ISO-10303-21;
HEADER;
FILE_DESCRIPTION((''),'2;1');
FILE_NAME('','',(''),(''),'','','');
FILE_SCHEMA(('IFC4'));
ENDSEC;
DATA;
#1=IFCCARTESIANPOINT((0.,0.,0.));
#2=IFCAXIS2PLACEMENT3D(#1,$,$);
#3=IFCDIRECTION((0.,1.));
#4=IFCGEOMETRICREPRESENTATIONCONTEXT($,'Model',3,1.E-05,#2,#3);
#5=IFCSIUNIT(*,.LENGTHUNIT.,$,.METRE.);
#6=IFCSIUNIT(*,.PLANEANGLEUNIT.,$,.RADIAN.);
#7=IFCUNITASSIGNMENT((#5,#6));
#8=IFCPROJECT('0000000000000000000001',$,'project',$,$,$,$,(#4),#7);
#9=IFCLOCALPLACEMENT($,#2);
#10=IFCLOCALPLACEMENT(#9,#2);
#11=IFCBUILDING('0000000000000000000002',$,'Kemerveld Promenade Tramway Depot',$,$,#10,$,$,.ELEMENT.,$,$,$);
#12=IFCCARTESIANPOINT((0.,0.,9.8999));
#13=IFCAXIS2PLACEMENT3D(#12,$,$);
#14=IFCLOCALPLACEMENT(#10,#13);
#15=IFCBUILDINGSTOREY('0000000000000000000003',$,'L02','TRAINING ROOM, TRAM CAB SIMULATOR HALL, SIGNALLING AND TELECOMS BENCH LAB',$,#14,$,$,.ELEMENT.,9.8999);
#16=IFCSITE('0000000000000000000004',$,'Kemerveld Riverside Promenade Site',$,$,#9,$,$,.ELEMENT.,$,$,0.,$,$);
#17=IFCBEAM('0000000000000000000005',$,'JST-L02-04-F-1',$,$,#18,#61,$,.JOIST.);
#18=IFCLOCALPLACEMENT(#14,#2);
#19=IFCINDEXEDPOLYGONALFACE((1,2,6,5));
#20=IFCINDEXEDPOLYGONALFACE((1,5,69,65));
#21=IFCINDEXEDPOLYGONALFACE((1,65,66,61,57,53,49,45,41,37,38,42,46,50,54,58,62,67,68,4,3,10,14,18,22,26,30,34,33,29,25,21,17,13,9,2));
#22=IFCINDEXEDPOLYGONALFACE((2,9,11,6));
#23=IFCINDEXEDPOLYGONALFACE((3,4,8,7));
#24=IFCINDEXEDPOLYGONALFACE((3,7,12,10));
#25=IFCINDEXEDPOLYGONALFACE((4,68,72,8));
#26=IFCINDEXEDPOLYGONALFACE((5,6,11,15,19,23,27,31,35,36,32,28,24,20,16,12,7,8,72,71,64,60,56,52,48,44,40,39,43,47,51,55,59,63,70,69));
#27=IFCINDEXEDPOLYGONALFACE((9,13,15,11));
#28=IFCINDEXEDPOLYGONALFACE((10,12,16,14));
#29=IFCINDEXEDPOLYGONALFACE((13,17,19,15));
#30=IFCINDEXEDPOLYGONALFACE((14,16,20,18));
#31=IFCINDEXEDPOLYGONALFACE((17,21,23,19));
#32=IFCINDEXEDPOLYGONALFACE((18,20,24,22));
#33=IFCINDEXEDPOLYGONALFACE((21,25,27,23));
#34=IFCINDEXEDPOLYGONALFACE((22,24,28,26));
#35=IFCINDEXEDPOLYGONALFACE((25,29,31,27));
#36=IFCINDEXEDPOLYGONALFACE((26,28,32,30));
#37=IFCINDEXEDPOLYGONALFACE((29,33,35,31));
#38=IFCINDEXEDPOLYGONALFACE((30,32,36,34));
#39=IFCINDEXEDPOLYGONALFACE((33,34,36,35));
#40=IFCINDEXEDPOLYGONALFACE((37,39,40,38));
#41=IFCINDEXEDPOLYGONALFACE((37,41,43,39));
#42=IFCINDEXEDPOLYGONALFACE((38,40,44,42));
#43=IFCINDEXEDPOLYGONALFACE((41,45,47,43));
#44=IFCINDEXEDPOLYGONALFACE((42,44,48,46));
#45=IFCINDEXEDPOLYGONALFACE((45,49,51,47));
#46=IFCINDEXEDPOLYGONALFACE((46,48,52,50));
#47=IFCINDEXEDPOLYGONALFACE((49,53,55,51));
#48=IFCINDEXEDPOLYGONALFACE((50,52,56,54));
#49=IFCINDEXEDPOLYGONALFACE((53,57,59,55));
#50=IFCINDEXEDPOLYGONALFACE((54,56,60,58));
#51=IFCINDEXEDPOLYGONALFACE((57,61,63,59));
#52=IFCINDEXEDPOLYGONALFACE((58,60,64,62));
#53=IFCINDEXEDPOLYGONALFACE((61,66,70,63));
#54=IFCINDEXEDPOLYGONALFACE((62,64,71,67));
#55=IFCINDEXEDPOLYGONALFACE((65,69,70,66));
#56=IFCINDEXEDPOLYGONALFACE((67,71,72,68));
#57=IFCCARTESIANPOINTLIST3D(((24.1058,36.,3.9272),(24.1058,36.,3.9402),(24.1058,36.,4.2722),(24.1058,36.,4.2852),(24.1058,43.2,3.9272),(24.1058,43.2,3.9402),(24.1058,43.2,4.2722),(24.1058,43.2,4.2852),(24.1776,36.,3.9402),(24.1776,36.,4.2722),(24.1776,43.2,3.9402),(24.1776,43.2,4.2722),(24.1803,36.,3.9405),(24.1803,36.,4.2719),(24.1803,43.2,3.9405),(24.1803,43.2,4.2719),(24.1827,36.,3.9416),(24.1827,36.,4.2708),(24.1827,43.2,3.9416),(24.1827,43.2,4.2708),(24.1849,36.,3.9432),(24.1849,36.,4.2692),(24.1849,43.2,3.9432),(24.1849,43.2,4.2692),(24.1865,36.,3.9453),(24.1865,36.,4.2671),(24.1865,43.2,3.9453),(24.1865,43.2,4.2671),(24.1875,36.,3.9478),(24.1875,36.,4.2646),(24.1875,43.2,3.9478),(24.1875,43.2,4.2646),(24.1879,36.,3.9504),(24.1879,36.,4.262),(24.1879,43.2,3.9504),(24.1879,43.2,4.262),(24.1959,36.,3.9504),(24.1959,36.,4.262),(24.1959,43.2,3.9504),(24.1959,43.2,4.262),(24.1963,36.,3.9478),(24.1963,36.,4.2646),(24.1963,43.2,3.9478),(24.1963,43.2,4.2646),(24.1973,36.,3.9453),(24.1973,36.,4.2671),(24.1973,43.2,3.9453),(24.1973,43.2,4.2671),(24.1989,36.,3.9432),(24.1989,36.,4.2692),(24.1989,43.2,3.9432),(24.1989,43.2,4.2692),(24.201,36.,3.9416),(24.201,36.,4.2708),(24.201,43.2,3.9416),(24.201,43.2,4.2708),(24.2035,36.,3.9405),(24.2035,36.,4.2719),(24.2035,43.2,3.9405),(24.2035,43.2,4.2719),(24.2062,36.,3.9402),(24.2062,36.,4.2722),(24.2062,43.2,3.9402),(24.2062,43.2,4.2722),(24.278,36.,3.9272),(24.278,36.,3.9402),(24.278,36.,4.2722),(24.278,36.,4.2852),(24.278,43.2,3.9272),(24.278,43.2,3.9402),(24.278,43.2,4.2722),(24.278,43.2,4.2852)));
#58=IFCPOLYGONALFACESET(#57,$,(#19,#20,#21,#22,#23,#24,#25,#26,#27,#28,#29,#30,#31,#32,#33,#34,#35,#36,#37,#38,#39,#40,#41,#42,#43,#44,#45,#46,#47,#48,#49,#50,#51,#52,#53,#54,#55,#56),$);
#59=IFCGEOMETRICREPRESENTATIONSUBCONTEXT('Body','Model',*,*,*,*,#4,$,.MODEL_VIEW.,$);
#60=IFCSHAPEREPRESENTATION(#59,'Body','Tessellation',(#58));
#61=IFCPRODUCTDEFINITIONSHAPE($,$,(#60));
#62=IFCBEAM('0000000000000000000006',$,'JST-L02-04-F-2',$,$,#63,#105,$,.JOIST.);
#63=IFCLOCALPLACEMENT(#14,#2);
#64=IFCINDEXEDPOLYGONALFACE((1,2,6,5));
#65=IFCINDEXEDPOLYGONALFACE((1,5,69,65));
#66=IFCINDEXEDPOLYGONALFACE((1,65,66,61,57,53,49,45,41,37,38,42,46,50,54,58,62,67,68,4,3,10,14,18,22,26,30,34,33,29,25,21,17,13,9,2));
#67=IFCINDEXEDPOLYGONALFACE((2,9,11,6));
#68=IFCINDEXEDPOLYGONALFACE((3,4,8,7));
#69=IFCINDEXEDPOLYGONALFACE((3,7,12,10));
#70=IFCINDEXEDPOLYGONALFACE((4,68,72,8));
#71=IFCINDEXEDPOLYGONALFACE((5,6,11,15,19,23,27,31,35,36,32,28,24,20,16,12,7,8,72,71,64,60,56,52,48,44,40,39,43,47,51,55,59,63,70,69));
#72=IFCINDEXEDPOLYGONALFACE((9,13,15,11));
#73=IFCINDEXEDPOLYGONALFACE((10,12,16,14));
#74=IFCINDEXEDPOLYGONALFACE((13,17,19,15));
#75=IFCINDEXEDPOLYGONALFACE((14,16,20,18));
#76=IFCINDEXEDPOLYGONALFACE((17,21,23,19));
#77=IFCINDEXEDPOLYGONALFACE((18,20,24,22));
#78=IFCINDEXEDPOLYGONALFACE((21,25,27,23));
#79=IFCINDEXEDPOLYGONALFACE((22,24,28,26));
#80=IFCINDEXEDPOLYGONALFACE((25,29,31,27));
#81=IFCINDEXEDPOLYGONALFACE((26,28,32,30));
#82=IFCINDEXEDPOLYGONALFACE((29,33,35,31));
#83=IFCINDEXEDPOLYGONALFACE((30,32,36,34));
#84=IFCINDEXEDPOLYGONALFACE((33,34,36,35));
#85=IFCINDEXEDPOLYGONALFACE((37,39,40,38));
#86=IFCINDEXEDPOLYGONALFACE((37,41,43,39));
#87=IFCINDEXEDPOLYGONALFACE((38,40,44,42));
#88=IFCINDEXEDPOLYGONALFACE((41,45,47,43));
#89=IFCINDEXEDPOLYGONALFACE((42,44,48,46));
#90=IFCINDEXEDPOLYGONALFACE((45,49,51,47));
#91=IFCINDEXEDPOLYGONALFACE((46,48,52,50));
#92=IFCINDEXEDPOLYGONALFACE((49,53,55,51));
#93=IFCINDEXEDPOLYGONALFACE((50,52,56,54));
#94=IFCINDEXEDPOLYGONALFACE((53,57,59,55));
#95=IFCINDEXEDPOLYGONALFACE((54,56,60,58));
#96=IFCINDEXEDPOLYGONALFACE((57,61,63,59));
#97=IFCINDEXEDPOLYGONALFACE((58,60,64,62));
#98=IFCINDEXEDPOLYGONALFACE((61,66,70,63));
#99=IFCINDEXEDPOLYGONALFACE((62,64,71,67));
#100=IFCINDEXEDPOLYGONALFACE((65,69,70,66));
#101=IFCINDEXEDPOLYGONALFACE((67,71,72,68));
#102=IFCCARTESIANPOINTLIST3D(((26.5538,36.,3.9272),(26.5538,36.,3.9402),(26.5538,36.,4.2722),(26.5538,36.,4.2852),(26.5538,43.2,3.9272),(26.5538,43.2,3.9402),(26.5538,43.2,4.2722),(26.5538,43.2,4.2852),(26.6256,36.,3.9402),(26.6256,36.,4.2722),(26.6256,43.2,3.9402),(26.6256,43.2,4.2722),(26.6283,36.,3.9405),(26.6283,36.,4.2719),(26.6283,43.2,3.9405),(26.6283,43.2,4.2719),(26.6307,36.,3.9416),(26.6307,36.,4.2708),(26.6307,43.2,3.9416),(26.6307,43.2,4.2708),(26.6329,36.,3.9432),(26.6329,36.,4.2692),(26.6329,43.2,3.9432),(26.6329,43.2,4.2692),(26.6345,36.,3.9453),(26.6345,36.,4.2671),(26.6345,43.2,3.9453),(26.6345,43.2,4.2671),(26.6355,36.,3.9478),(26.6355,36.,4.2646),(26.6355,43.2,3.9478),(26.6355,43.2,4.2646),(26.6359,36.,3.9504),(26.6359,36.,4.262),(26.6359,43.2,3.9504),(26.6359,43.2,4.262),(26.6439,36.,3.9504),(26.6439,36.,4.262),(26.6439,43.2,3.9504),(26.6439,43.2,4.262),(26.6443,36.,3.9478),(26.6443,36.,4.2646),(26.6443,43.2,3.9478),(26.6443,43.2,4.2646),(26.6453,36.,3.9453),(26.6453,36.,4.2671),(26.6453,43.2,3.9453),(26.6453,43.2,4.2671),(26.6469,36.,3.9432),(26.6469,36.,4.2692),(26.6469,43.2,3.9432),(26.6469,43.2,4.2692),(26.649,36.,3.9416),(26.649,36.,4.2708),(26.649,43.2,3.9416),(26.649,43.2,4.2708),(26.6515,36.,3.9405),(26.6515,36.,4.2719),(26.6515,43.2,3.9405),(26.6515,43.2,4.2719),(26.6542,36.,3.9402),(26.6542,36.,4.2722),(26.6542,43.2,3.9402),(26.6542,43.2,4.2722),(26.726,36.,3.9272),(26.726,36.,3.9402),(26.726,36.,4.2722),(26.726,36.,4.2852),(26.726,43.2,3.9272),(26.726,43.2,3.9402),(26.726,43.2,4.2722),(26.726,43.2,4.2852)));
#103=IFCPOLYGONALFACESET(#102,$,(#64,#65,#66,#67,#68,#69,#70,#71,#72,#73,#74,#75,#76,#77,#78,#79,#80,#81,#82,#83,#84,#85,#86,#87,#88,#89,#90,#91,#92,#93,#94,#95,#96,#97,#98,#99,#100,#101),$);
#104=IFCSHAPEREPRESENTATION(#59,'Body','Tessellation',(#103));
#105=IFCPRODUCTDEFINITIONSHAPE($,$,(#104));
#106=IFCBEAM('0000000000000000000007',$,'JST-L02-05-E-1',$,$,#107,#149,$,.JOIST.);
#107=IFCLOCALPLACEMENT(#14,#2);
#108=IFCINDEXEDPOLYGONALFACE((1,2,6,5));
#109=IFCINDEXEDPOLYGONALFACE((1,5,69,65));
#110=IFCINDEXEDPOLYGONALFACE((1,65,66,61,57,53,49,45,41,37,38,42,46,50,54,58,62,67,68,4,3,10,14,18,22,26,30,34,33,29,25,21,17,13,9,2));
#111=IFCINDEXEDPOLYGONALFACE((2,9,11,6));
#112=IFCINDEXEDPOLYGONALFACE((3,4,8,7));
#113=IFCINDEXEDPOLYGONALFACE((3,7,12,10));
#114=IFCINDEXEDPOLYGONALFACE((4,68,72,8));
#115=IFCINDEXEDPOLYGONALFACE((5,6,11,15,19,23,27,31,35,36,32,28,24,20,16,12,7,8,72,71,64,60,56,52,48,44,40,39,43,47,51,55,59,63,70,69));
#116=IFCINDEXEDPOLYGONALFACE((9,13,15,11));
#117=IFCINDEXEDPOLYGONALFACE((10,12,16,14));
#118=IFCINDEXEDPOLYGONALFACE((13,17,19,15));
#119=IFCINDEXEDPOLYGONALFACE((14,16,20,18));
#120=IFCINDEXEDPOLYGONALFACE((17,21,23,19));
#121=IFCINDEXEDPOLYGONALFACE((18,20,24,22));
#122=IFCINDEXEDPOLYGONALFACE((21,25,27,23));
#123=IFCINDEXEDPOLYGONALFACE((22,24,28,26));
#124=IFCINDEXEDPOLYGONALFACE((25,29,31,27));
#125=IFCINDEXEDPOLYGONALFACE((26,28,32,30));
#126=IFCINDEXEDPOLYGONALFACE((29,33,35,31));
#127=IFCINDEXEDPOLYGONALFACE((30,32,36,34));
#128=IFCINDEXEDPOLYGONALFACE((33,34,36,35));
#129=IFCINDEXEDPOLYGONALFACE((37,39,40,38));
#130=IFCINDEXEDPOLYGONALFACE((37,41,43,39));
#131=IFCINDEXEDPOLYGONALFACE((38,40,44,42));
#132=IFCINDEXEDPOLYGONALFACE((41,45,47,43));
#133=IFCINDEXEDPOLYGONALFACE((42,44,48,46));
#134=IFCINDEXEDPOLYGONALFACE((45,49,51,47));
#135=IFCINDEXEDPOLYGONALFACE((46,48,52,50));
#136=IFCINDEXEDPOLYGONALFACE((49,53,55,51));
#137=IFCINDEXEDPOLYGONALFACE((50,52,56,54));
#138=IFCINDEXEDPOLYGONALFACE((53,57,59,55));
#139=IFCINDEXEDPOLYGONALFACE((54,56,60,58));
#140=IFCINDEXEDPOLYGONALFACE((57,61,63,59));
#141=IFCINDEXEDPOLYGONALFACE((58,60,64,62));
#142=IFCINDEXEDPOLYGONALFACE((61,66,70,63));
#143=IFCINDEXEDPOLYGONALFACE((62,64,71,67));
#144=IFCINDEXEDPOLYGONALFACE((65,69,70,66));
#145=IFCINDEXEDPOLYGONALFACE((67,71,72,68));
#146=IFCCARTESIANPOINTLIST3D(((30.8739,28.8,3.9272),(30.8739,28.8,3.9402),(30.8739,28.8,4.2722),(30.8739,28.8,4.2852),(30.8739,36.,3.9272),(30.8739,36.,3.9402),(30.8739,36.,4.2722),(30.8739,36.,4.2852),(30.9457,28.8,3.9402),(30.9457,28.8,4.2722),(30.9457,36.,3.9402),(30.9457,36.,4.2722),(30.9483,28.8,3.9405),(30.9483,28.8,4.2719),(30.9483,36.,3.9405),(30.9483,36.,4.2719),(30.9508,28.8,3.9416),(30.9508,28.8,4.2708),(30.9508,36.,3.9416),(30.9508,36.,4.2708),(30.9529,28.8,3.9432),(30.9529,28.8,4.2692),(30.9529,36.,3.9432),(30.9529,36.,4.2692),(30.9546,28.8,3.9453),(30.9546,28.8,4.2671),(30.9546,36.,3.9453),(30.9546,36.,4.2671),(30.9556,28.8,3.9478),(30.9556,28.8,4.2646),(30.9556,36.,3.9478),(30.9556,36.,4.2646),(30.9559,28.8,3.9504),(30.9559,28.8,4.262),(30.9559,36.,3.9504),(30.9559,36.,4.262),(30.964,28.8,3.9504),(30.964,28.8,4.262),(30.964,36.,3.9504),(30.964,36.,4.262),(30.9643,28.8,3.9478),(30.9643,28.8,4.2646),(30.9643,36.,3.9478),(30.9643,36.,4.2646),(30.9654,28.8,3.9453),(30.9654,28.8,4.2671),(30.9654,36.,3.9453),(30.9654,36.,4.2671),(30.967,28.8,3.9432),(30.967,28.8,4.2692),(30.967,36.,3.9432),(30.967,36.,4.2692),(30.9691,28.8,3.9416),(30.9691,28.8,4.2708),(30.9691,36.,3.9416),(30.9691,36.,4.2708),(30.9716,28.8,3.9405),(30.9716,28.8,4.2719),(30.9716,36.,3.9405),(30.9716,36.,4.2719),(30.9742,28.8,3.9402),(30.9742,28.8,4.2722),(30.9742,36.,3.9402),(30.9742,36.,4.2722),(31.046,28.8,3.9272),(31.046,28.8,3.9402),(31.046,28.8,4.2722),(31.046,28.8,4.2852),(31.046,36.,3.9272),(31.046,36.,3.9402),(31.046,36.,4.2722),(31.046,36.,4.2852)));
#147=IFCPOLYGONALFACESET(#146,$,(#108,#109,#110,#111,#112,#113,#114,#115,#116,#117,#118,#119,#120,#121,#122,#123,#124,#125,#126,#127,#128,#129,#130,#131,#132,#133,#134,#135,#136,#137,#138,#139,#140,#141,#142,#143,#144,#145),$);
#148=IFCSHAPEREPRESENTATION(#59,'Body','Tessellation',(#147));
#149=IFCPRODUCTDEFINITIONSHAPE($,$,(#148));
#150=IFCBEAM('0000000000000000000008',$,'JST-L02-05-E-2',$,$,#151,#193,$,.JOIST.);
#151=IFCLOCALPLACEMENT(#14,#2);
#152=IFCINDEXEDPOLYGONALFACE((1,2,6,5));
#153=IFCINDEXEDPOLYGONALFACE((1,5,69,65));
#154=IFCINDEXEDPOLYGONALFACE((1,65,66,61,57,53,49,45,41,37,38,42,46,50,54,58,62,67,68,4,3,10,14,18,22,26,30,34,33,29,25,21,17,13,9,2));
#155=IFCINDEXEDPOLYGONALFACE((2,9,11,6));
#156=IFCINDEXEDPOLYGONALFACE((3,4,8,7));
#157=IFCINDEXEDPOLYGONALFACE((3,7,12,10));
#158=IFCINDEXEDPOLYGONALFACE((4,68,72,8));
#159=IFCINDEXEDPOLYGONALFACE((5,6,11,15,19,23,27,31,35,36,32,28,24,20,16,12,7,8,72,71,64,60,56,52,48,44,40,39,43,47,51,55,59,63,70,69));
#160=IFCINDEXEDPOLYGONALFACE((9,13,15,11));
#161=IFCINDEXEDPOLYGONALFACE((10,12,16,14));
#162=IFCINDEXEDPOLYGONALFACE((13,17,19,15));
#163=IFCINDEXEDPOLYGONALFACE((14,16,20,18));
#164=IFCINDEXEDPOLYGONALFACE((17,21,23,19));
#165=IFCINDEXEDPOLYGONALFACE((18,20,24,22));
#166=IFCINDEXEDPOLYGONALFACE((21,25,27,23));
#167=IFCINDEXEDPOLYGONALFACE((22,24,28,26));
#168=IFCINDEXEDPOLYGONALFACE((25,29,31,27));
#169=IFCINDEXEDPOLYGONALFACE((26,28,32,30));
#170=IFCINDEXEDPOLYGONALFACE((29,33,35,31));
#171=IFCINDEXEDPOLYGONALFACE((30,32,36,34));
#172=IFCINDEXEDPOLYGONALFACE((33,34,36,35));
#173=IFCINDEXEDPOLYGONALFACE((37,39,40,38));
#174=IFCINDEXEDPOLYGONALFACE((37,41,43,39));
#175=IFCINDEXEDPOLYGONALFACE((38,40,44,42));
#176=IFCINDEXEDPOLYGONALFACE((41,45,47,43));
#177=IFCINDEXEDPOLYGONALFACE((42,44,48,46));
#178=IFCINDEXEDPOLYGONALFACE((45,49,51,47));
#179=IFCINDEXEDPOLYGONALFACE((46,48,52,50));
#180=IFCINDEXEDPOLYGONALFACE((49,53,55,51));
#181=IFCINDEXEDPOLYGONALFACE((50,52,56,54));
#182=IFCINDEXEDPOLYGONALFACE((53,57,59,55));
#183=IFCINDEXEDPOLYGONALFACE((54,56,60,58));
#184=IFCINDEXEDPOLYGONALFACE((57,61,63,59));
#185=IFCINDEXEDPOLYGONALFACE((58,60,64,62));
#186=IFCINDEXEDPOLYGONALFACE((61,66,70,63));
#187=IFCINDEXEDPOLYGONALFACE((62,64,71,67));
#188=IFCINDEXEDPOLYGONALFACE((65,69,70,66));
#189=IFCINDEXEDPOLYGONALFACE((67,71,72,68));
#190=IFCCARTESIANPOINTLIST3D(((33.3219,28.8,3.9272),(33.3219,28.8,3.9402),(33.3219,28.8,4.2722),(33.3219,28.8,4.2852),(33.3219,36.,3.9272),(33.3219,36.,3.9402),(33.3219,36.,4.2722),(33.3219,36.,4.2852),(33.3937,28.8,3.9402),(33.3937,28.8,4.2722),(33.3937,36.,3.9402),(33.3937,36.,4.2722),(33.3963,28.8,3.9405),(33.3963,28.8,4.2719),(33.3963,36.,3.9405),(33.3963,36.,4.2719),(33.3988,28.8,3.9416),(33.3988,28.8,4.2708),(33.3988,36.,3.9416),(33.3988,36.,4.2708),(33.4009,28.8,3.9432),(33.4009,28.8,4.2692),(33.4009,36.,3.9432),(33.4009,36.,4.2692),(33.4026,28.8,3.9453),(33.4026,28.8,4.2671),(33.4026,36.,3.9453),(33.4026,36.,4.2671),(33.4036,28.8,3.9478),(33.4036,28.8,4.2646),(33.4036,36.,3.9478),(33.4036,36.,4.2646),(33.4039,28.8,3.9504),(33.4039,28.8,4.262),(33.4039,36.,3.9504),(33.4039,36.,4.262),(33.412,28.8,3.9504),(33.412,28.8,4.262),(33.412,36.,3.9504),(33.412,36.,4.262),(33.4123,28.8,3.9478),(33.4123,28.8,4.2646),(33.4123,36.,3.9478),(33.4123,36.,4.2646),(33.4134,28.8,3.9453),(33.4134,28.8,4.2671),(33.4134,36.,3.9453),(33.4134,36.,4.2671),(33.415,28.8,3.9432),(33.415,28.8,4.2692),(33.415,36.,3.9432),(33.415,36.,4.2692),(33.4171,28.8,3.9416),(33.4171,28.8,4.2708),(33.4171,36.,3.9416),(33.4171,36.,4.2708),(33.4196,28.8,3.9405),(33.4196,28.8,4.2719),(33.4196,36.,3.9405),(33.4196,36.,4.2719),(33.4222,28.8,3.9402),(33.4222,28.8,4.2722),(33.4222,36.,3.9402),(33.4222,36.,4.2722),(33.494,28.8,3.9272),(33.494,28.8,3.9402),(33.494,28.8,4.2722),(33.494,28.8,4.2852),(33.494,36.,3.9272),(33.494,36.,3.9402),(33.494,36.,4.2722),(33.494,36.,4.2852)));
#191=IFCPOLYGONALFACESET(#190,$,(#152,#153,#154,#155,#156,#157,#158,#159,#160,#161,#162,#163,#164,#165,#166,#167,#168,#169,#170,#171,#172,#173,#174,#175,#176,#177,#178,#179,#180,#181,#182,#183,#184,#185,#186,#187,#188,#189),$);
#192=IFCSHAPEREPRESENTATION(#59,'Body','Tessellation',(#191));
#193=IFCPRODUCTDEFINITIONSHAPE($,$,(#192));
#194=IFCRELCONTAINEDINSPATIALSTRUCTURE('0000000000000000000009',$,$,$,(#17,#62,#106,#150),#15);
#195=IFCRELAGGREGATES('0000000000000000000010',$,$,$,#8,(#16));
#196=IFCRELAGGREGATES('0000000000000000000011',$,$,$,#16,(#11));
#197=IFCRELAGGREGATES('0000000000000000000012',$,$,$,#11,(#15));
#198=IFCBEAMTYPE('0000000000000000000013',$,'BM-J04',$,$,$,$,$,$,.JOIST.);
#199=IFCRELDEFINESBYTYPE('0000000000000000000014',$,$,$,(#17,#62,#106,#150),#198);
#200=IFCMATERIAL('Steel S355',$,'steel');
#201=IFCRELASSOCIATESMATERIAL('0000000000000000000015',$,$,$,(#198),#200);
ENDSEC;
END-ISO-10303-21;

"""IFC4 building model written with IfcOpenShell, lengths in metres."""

from ifc_helpers import new_model, si_unit, direction, frame, origin, origin_2d, place, context, subcontext, project, spatial, i_section, extrude, material, material_profile, profile_set, type_object, element, save


model = new_model("IFC4")

# Units and contexts
model_context = context("Model", 3, precision=1e-05, world=origin(), true_north=direction((0.0, 1.0)))
body_context = subcontext(model_context, "Body", "Model", "MODEL_VIEW")
ifc_project = project(units=[si_unit("LENGTHUNIT", "METRE"), si_unit("PLANEANGLEUNIT", "RADIAN")], contexts=[model_context])

# Site, building, storey
site_placement = place(None, origin())
site = spatial("IfcSite", under=ifc_project, at=site_placement, Name="Kemerveld Riverside Promenade Site", CompositionType="ELEMENT", RefElevation=0.0)
building_placement = place(site_placement, origin())
building = spatial("IfcBuilding", under=site, at=building_placement, Name="Kemerveld Promenade Tramway Depot", CompositionType="ELEMENT")
storey_placement = place(building_placement, frame((0.0, 0.0, 9.8999)))
storey = spatial("IfcBuildingStorey", under=building, at=storey_placement, Name="L02", Description="TRAINING ROOM, TRAM CAB SIMULATOR HALL, SIGNALLING AND TELECOMS BENCH LAB", CompositionType="ELEMENT", Elevation=9.8999)

# Shared definitions
ifc_material = material(Name="Steel S355", Category="steel")

# Beams
ifc_material_profile_1 = material_profile(ifc_material, i_section(OverallWidth=0.1721, OverallDepth=0.3579, WebThickness=0.0081, FlangeThickness=0.0129, FilletRadius=0.0103, at=origin_2d()), Name="356x171x57 UB")
ifc_profile_set_1 = profile_set([ifc_material_profile_1], Name="Steel S355")
beam_type_1 = type_object("IfcBeamType", Name="BM-J04", PredefinedType="JOIST", material=ifc_profile_set_1)
for number, where, z_axis, x_axis, name in (
    (1, (24.1919, 36.0, 4.1062), (0.0, 1.0, 0.0), (-1.0, 0.0, 0.0), "JST-L02-04-F-1"),
    (2, (26.6399, 36.0, 4.1062), (0.0, 1.0, 0.0), (-1.0, 0.0, 0.0), "JST-L02-04-F-2"),
    (3, (30.96, 28.8, 4.1062), (0.0, 1.0, 0.0), (-1.0, 0.0, 0.0), "JST-L02-05-E-1"),
    (4, (33.408, 28.8, 4.1062), (0.0, 1.0, 0.0), (-1.0, 0.0, 0.0), "JST-L02-05-E-2"),
):
    element("IfcBeam", number, at=place(storey_placement, frame(where, z_axis=z_axis, x_axis=x_axis)), inside=storey, type_object=beam_type_1, Name=name, PredefinedType="JOIST", context=body_context, shape_type="SweptSolid", body=[
        extrude(i_section(OverallWidth=0.1721, OverallDepth=0.3579, WebThickness=0.0081, FlangeThickness=0.0129, FilletRadius=0.0103, at=origin_2d()), origin(), (0.0, 0.0, 1.0), 7.2),
    ])

save(model, "model.ifc")
